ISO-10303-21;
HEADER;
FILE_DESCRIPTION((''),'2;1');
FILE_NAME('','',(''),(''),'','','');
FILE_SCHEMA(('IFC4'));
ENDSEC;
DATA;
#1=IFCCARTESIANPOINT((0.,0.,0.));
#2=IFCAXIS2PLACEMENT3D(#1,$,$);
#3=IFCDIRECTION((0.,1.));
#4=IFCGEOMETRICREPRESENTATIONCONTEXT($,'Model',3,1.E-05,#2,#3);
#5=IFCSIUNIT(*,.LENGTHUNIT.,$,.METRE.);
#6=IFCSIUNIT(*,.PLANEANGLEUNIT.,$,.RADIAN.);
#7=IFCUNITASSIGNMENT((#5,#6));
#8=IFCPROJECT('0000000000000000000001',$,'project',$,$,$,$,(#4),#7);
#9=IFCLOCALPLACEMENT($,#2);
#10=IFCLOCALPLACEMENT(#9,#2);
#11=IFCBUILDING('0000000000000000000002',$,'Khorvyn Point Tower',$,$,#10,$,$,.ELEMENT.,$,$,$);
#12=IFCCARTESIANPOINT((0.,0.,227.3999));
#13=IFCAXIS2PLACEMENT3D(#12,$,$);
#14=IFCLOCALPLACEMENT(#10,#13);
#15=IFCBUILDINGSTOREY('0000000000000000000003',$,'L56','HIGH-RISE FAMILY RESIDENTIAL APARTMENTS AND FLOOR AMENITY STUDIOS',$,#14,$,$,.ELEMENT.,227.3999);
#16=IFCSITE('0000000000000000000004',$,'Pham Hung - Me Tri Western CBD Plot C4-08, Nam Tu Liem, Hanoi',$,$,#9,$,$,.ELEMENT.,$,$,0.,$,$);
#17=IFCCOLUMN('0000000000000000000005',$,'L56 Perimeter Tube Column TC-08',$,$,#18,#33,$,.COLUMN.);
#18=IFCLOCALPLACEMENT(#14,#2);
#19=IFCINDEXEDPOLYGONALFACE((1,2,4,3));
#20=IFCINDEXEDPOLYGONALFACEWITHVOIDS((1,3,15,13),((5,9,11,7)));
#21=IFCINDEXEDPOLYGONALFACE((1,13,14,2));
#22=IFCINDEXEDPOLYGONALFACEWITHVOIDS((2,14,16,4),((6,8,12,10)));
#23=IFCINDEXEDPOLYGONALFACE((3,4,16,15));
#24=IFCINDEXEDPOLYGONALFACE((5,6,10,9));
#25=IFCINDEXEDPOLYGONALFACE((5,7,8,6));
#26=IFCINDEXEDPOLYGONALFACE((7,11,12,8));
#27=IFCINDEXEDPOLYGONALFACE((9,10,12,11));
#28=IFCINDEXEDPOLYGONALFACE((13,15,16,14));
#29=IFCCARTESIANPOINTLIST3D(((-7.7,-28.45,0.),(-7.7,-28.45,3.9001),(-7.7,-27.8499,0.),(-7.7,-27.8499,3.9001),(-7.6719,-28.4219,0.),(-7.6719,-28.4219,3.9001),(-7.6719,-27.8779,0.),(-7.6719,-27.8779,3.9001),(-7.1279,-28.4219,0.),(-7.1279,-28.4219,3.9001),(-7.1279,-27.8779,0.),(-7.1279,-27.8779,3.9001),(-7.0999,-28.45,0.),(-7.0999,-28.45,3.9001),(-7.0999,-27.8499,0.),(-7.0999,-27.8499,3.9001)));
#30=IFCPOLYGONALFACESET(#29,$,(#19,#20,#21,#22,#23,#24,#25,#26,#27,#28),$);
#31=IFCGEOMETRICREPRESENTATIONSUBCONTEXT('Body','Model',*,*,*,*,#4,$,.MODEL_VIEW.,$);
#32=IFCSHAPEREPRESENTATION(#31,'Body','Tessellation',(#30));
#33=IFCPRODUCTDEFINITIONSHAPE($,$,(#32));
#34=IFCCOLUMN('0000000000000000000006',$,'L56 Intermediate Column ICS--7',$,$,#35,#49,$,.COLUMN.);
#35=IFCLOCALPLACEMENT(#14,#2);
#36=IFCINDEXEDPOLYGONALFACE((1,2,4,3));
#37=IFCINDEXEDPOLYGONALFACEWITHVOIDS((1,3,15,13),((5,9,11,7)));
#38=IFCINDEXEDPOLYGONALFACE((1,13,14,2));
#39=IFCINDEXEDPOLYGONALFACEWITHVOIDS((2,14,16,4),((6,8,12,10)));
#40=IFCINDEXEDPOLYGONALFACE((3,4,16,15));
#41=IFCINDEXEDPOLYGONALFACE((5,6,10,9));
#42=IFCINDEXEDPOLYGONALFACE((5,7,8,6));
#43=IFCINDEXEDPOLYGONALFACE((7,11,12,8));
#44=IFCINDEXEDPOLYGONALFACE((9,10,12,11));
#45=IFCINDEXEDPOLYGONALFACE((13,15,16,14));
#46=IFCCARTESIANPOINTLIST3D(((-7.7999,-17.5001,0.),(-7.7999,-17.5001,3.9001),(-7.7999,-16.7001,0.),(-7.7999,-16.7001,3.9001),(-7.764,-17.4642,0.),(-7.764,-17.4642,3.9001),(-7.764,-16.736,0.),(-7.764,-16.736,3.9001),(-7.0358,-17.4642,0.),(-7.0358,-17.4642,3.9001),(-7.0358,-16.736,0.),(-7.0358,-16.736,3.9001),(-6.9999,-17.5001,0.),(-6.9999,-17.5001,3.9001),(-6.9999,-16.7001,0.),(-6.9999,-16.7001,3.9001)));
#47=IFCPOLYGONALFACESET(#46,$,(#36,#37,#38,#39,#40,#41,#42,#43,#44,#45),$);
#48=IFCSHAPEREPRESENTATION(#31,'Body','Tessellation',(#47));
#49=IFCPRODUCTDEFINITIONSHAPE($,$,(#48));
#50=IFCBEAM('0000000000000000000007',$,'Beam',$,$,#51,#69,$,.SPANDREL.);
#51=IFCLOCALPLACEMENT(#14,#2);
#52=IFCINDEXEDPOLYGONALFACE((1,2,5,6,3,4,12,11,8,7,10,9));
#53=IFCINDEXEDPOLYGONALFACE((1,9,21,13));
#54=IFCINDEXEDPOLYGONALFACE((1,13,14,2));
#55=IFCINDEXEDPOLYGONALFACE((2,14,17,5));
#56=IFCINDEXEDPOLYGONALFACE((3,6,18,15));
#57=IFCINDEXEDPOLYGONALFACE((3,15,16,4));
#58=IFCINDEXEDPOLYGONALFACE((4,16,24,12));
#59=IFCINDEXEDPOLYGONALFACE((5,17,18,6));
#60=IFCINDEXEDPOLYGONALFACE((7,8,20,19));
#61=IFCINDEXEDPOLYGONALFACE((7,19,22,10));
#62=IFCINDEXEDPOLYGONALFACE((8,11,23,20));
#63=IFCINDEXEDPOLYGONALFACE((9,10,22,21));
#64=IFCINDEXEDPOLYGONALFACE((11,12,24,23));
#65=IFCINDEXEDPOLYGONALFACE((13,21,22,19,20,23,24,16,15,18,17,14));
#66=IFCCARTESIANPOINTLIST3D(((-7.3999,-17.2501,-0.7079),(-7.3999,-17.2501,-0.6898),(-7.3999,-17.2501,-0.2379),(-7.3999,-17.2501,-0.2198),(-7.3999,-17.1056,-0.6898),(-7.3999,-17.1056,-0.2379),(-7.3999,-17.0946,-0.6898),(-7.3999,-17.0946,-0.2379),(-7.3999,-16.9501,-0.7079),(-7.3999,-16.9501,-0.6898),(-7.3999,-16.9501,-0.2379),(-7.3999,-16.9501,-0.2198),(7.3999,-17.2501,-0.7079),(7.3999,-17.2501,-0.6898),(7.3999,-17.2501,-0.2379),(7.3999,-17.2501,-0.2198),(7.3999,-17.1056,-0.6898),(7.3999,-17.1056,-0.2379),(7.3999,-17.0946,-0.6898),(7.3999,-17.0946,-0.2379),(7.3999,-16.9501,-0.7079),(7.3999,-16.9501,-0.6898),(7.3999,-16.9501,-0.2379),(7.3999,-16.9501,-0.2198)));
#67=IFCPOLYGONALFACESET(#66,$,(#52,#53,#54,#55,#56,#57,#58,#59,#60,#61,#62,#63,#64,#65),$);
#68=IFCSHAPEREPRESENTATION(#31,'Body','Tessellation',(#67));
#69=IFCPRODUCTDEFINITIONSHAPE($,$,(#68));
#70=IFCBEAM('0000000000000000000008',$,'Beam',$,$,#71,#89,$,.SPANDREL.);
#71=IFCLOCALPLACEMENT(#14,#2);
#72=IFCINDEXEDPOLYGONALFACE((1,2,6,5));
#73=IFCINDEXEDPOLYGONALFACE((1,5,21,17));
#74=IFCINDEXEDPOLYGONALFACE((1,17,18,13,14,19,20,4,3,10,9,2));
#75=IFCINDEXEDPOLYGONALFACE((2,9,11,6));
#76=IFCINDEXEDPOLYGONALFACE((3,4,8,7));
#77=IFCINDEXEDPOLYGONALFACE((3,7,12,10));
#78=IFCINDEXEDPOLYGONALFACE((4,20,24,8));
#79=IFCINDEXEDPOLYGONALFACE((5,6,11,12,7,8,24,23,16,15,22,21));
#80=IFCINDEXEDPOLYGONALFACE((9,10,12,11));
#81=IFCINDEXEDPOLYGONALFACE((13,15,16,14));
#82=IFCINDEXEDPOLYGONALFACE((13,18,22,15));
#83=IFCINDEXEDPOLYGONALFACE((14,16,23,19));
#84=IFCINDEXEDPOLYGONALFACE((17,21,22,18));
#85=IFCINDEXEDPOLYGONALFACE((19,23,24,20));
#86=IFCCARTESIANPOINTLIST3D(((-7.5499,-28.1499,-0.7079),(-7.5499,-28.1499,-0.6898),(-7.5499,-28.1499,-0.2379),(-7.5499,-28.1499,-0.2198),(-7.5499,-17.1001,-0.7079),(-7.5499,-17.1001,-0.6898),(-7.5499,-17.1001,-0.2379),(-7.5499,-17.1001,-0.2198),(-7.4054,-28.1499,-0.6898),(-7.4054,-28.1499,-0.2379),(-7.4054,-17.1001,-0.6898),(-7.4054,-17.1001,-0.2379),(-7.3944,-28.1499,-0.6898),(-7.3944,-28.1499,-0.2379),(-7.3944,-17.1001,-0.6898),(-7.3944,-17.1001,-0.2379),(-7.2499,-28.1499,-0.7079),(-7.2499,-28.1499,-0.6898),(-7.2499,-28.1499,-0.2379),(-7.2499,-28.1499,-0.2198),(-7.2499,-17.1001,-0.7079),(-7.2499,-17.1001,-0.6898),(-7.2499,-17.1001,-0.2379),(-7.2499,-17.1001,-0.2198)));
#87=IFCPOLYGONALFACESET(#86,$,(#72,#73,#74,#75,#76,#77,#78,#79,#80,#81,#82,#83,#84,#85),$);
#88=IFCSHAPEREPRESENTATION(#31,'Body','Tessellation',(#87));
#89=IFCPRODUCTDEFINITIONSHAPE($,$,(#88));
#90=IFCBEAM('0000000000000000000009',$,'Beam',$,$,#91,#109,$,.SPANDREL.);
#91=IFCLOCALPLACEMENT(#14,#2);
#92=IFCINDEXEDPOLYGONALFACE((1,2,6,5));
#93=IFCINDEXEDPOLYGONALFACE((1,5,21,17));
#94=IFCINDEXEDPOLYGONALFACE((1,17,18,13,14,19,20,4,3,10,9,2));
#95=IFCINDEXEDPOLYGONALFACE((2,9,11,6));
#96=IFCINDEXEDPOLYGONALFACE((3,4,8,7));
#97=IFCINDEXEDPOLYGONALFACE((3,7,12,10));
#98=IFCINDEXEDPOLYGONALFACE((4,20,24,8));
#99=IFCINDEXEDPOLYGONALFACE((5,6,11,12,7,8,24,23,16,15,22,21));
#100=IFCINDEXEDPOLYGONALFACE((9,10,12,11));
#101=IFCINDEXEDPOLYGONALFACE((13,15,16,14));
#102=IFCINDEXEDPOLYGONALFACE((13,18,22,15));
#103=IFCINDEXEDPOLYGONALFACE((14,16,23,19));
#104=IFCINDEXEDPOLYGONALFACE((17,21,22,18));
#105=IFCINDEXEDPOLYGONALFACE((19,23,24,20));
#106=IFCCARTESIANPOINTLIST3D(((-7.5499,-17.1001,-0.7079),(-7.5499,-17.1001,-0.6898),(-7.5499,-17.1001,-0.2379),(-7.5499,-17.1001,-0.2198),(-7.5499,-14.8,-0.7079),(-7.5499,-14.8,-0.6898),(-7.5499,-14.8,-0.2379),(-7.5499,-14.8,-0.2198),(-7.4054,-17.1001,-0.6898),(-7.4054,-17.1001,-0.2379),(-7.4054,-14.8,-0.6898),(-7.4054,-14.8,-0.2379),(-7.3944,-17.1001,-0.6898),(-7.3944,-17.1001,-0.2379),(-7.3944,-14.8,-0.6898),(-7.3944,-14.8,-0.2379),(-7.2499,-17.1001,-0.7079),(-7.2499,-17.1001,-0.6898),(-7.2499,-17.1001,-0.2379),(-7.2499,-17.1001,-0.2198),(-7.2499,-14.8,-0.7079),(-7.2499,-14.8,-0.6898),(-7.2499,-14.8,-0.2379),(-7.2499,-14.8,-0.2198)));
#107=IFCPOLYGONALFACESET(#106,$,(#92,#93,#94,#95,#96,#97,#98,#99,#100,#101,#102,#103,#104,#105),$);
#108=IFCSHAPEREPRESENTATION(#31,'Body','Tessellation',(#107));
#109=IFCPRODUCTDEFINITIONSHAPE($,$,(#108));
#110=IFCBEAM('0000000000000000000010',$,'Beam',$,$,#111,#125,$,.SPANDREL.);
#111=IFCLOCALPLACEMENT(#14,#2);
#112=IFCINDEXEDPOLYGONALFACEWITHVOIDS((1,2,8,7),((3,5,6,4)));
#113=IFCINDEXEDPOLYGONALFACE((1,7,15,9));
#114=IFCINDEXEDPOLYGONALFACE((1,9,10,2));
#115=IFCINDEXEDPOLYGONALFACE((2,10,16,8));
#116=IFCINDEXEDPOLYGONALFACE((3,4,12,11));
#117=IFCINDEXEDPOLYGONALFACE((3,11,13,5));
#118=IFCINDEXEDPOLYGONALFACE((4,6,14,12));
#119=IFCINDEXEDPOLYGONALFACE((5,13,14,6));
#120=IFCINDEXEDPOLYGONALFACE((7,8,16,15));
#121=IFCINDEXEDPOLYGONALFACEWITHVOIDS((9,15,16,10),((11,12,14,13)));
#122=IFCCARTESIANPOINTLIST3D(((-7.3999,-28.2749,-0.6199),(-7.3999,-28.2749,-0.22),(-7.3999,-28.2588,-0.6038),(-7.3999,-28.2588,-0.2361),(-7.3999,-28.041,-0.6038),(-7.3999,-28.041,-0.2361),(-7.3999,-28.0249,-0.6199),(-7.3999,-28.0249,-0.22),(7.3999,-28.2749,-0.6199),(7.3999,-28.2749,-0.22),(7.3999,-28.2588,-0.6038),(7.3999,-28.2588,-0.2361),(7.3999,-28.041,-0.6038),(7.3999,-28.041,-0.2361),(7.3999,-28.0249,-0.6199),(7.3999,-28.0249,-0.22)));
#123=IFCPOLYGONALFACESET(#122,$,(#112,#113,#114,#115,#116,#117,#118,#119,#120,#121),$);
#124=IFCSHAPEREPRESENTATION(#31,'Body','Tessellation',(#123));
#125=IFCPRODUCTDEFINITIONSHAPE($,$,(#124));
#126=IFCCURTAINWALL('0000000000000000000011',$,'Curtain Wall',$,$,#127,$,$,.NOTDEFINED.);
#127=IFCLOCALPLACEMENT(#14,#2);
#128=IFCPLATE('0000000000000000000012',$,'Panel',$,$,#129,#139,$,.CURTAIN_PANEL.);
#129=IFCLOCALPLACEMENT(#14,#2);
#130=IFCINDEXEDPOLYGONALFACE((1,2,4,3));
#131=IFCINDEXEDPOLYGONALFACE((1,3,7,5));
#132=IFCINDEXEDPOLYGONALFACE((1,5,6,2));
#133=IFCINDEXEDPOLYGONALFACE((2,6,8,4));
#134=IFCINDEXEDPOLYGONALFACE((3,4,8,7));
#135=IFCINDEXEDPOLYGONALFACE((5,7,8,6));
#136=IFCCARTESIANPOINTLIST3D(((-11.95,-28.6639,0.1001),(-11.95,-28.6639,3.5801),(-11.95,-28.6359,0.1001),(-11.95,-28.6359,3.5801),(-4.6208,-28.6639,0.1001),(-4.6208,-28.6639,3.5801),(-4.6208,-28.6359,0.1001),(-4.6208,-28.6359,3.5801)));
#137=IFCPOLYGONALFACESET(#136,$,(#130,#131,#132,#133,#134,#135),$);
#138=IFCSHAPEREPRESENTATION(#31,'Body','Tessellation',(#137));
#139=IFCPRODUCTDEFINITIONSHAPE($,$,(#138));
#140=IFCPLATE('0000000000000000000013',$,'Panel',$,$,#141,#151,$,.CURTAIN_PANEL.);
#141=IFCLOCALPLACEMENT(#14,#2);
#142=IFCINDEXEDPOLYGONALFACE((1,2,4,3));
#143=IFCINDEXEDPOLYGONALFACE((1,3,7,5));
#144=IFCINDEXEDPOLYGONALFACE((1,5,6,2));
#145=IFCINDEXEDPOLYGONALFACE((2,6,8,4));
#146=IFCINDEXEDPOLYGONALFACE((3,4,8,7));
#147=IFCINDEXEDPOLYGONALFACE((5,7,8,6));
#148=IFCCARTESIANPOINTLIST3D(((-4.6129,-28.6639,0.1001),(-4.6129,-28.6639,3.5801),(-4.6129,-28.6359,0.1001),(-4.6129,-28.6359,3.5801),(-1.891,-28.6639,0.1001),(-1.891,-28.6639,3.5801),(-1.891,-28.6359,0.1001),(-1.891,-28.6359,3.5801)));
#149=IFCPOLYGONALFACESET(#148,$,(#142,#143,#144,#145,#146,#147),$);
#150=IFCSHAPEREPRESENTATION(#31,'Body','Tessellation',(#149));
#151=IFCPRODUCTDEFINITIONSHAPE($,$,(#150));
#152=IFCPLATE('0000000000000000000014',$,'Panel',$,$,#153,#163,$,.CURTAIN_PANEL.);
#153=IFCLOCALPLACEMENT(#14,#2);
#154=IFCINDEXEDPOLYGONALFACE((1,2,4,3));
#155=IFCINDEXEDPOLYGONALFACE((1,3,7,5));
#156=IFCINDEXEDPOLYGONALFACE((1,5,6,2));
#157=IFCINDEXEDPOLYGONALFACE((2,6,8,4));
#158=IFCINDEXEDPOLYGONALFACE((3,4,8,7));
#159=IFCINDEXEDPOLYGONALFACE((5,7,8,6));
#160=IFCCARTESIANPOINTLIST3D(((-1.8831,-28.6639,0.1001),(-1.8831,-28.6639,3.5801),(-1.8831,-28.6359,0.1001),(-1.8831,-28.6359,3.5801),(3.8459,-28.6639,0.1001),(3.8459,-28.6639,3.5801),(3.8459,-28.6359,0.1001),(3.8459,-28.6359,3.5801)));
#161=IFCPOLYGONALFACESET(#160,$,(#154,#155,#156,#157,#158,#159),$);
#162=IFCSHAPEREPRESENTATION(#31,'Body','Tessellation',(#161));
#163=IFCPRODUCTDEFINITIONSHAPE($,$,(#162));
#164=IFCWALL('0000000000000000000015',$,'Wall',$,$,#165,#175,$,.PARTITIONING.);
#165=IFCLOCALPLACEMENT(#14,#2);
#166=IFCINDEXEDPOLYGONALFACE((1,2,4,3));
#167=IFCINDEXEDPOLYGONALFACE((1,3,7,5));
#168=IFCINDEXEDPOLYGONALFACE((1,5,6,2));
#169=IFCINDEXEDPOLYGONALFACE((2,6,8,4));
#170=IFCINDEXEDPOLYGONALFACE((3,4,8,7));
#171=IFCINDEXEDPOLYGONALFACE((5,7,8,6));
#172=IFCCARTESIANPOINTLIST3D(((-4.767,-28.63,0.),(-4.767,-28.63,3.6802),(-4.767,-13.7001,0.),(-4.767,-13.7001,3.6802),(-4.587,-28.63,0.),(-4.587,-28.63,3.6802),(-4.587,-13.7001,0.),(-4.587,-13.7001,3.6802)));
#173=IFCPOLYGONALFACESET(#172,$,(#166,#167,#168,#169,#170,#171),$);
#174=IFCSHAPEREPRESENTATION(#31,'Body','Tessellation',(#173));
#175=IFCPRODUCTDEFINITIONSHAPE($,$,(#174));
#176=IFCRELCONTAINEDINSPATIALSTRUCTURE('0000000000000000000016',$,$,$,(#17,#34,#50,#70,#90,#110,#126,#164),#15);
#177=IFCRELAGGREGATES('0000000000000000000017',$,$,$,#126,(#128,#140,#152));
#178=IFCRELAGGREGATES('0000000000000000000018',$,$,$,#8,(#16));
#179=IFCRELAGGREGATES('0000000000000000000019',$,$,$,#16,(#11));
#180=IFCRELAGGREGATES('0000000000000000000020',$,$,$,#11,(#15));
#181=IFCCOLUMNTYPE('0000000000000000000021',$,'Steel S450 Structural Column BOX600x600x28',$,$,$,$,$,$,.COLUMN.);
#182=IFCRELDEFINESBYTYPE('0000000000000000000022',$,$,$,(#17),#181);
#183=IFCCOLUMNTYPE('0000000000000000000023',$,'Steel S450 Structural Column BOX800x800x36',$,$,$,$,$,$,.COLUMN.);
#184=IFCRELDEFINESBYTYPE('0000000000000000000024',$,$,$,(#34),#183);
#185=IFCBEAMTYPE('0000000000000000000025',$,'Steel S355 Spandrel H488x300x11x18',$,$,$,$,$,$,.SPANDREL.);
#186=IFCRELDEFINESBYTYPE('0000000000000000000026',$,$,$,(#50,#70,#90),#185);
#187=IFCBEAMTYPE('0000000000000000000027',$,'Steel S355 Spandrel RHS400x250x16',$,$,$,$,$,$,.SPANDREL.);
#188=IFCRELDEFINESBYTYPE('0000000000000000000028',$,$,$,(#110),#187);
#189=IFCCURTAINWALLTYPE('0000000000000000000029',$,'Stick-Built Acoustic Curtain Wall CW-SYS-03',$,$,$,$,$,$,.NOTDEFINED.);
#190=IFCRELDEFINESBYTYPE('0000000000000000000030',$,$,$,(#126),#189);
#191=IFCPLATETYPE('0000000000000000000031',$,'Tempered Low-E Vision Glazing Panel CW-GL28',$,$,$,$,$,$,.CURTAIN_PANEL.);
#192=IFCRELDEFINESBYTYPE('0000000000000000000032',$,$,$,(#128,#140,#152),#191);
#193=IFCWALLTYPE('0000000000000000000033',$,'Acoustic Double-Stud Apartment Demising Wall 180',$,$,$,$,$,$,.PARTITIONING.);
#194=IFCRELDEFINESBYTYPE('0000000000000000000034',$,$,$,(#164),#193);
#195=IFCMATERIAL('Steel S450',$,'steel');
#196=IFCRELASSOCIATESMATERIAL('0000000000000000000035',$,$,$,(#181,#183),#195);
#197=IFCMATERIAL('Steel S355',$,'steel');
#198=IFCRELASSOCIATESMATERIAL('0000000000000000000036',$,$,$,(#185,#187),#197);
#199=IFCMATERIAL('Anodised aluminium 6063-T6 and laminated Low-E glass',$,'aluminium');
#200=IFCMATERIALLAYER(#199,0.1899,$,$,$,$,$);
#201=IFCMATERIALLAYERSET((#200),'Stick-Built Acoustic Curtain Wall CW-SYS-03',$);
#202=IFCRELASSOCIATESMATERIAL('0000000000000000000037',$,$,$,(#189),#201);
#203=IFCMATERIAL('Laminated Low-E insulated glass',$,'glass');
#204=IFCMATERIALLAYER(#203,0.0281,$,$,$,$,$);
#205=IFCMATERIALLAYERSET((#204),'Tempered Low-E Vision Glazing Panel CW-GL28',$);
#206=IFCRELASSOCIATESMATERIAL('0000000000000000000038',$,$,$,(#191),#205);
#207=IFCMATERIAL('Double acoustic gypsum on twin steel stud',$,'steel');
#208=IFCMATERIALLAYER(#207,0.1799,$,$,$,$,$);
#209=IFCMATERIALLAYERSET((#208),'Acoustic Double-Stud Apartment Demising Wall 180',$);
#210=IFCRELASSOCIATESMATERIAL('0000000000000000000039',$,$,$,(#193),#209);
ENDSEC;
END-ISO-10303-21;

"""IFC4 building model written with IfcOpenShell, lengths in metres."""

from ifc_helpers import new_model, si_unit, direction, frame, frame_2d, origin, origin_2d, place, context, subcontext, project, spatial, rectangle, hollow_rectangle, i_section, extrude, material, layer, layer_set, material_profile, profile_set, type_object, element, aggregate, save


model = new_model("IFC4")

# Units and contexts
model_context = context("Model", 3, precision=1e-05, world=origin(), true_north=direction((0.0, 1.0)))
body_context = subcontext(model_context, "Body", "Model", "MODEL_VIEW")
ifc_project = project(units=[si_unit("LENGTHUNIT", "METRE"), si_unit("PLANEANGLEUNIT", "RADIAN")], contexts=[model_context])

# Site, building, storey
site_placement = place(None, origin())
site = spatial("IfcSite", under=ifc_project, at=site_placement, Name="Pham Hung - Me Tri Western CBD Plot C4-08, Nam Tu Liem, Hanoi", CompositionType="ELEMENT", RefElevation=0.0)
building_placement = place(site_placement, origin())
building = spatial("IfcBuilding", under=site, at=building_placement, Name="Khorvyn Point Tower", CompositionType="ELEMENT")
storey_placement = place(building_placement, frame((0.0, 0.0, 227.3999)))
storey = spatial("IfcBuildingStorey", under=building, at=storey_placement, Name="L56", Description="HIGH-RISE FAMILY RESIDENTIAL APARTMENTS AND FLOOR AMENITY STUDIOS", CompositionType="ELEMENT", Elevation=227.3999)

# Columns
ifc_material_1 = material(Name="Steel S450", Category="steel")
ifc_material_profile_1 = material_profile(ifc_material_1, hollow_rectangle(XDim=0.6001, YDim=0.6001, WallThickness=0.0281, at=origin_2d()))
ifc_profile_set_1 = profile_set([ifc_material_profile_1], Name="Steel S450 BOX600x600x28")
column_type_1 = type_object("IfcColumnType", Name="Steel S450 Structural Column BOX600x600x28", PredefinedType="COLUMN", material=ifc_profile_set_1)
column_1_placement = place(storey_placement, frame((-7.3999, -28.1499, 0.0), z_axis=(0.0, 0.0, 1.0), x_axis=(1.0, 0.0, 0.0)))
element("IfcColumn", 1, at=column_1_placement, inside=storey, type_object=column_type_1, Name="L56 Perimeter Tube Column TC-08", PredefinedType="COLUMN", context=body_context, shape_type="SweptSolid", body=[
    extrude(hollow_rectangle(XDim=0.6001, YDim=0.6001, WallThickness=0.0281, at=origin_2d()), origin(), (0.0, 0.0, 1.0), 3.9001),
])
ifc_material_profile_2 = material_profile(ifc_material_1, hollow_rectangle(XDim=0.8, YDim=0.8, WallThickness=0.0359, at=origin_2d()))
ifc_profile_set_2 = profile_set([ifc_material_profile_2], Name="Steel S450 BOX800x800x36")
column_type_2 = type_object("IfcColumnType", Name="Steel S450 Structural Column BOX800x800x36", PredefinedType="COLUMN", material=ifc_profile_set_2)
column_2_placement = place(storey_placement, frame((-7.3999, -17.1001, 0.0), z_axis=(0.0, 0.0, 1.0), x_axis=(1.0, 0.0, 0.0)))
element("IfcColumn", 2, at=column_2_placement, inside=storey, type_object=column_type_2, Name="L56 Intermediate Column ICS--7", PredefinedType="COLUMN", context=body_context, shape_type="SweptSolid", body=[
    extrude(hollow_rectangle(XDim=0.8, YDim=0.8, WallThickness=0.0359, at=origin_2d()), origin(), (0.0, 0.0, 1.0), 3.9001),
])

# Beams
ifc_material_2 = material(Name="Steel S355", Category="steel")
ifc_material_profile_3 = material_profile(ifc_material_2, i_section(OverallWidth=0.3, OverallDepth=0.488, WebThickness=0.011, FlangeThickness=0.0181, at=origin_2d()))
ifc_profile_set_3 = profile_set([ifc_material_profile_3], Name="Steel S355 H488x300x11x18")
beam_type_1 = type_object("IfcBeamType", Name="Steel S355 Spandrel H488x300x11x18", PredefinedType="SPANDREL", material=ifc_profile_set_3)
beam_1_placement = place(storey_placement, frame((-7.3999, -17.1001, -0.4639), z_axis=(1.0, 0.0, 0.0), x_axis=(0.0, 1.0, 0.0)))
element("IfcBeam", 3, at=beam_1_placement, inside=storey, type_object=beam_type_1, Name="Beam", PredefinedType="SPANDREL", context=body_context, shape_type="SweptSolid", body=[
    extrude(i_section(OverallWidth=0.3, OverallDepth=0.488, WebThickness=0.011, FlangeThickness=0.0181, at=origin_2d()), origin(), (0.0, 0.0, 1.0), 14.7998),
])
beam_2_placement = place(storey_placement, frame((-7.3999, -28.1499, -0.4639), z_axis=(0.0, 1.0, 0.0), x_axis=(-1.0, 0.0, 0.0)))
element("IfcBeam", 4, at=beam_2_placement, inside=storey, type_object=beam_type_1, Name="Beam", PredefinedType="SPANDREL", context=body_context, shape_type="SweptSolid", body=[
    extrude(i_section(OverallWidth=0.3, OverallDepth=0.488, WebThickness=0.011, FlangeThickness=0.0181, at=origin_2d()), origin(), (0.0, 0.0, 1.0), 11.0498),
])
beam_3_placement = place(storey_placement, frame((-7.3999, -17.1001, -0.4639), z_axis=(0.0, 1.0, 0.0), x_axis=(-1.0, 0.0, 0.0)))
element("IfcBeam", 5, at=beam_3_placement, inside=storey, type_object=beam_type_1, Name="Beam", PredefinedType="SPANDREL", context=body_context, shape_type="SweptSolid", body=[
    extrude(i_section(OverallWidth=0.3, OverallDepth=0.488, WebThickness=0.011, FlangeThickness=0.0181, at=origin_2d()), origin(), (0.0, 0.0, 1.0), 2.3),
])
ifc_material_profile_4 = material_profile(ifc_material_2, hollow_rectangle(XDim=0.25, YDim=0.3999, WallThickness=0.0161, at=origin_2d()))
ifc_profile_set_4 = profile_set([ifc_material_profile_4], Name="Steel S355 RHS400x250x16")
beam_type_2 = type_object("IfcBeamType", Name="Steel S355 Spandrel RHS400x250x16", PredefinedType="SPANDREL", material=ifc_profile_set_4)
beam_4_placement = place(storey_placement, frame((-7.3999, -28.1499, -0.4199), z_axis=(1.0, 0.0, 0.0), x_axis=(0.0, 1.0, 0.0)))
element("IfcBeam", 6, at=beam_4_placement, inside=storey, type_object=beam_type_2, Name="Beam", PredefinedType="SPANDREL", context=body_context, shape_type="SweptSolid", body=[
    extrude(hollow_rectangle(XDim=0.25, YDim=0.3999, WallThickness=0.0161, at=origin_2d()), origin(), (0.0, 0.0, 1.0), 14.7998),
])

# Curtain wall, plates
ifc_material_3 = material(Name="Anodised aluminium 6063-T6 and laminated Low-E glass", Category="aluminium")
ifc_layer_1 = layer(ifc_material_3, 0.1899)
ifc_layer_set_1 = layer_set([ifc_layer_1], Name="Stick-Built Acoustic Curtain Wall CW-SYS-03")
curtain_wall_type = type_object("IfcCurtainWallType", Name="Stick-Built Acoustic Curtain Wall CW-SYS-03", PredefinedType="NOTDEFINED", material=ifc_layer_set_1)
curtain_wall_placement = place(storey_placement, origin())
curtain_wall = element("IfcCurtainWall", 7, at=curtain_wall_placement, inside=storey, type_object=curtain_wall_type, Name="Curtain Wall", PredefinedType="NOTDEFINED")
ifc_material_4 = material(Name="Laminated Low-E insulated glass", Category="glass")
ifc_layer_2 = layer(ifc_material_4, 0.0281)
ifc_layer_set_2 = layer_set([ifc_layer_2], Name="Tempered Low-E Vision Glazing Panel CW-GL28")
plate_type = type_object("IfcPlateType", Name="Tempered Low-E Vision Glazing Panel CW-GL28", PredefinedType="CURTAIN_PANEL", material=ifc_layer_set_2)
plate_1_placement = place(storey_placement, frame((-8.2854, -28.6499, 0.1001), z_axis=(0.0, 0.0, 1.0), x_axis=(-1.0, 0.0, 0.0)))
plate_1 = element("IfcPlate", 8, at=plate_1_placement, type_object=plate_type, Name="Panel", PredefinedType="CURTAIN_PANEL", context=body_context, shape_type="SweptSolid", body=[
    extrude(rectangle(XDim=7.3291, YDim=0.0281, at=origin_2d()), origin(), (0.0, 0.0, 1.0), 3.48),
])
plate_2_placement = place(storey_placement, frame((-3.252, -28.6499, 0.1001), z_axis=(0.0, 0.0, 1.0), x_axis=(-1.0, 0.0, 0.0)))
plate_2 = element("IfcPlate", 9, at=plate_2_placement, type_object=plate_type, Name="Panel", PredefinedType="CURTAIN_PANEL", context=body_context, shape_type="SweptSolid", body=[
    extrude(rectangle(XDim=2.7219, YDim=0.0281, at=origin_2d()), origin(), (0.0, 0.0, 1.0), 3.48),
])
plate_3_placement = place(storey_placement, frame((0.9814, -28.6499, 0.1001), z_axis=(0.0, 0.0, 1.0), x_axis=(-1.0, 0.0, 0.0)))
plate_3 = element("IfcPlate", 10, at=plate_3_placement, type_object=plate_type, Name="Panel", PredefinedType="CURTAIN_PANEL", context=body_context, shape_type="SweptSolid", body=[
    extrude(rectangle(XDim=5.729, YDim=0.0281, at=origin_2d()), origin(), (0.0, 0.0, 1.0), 3.48),
])
aggregate(curtain_wall, [plate_1, plate_2, plate_3])

# Wall
ifc_material_5 = material(Name="Double acoustic gypsum on twin steel stud", Category="steel")
ifc_layer_3 = layer(ifc_material_5, 0.1799)
ifc_layer_set_3 = layer_set([ifc_layer_3], Name="Acoustic Double-Stud Apartment Demising Wall 180")
wall_type_1 = type_object("IfcWallType", Name="Acoustic Double-Stud Apartment Demising Wall 180", PredefinedType="PARTITIONING", material=ifc_layer_set_3)
wall_1_placement = place(storey_placement, frame((-4.677, -28.6299, 0.0), z_axis=(0.0, 0.0, 1.0), x_axis=(0.0, 1.0, 0.0)))
element("IfcWall", 11, at=wall_1_placement, inside=storey, type_object=wall_type_1, Name="Wall", PredefinedType="PARTITIONING", context=body_context, shape_type="SweptSolid", body=[
    extrude(rectangle(XDim=14.9299, YDim=0.1799, at=frame_2d((7.4648, 0.0))), origin(), (0.0, 0.0, 1.0), 3.6802),
])

save(model, "model.ifc")
